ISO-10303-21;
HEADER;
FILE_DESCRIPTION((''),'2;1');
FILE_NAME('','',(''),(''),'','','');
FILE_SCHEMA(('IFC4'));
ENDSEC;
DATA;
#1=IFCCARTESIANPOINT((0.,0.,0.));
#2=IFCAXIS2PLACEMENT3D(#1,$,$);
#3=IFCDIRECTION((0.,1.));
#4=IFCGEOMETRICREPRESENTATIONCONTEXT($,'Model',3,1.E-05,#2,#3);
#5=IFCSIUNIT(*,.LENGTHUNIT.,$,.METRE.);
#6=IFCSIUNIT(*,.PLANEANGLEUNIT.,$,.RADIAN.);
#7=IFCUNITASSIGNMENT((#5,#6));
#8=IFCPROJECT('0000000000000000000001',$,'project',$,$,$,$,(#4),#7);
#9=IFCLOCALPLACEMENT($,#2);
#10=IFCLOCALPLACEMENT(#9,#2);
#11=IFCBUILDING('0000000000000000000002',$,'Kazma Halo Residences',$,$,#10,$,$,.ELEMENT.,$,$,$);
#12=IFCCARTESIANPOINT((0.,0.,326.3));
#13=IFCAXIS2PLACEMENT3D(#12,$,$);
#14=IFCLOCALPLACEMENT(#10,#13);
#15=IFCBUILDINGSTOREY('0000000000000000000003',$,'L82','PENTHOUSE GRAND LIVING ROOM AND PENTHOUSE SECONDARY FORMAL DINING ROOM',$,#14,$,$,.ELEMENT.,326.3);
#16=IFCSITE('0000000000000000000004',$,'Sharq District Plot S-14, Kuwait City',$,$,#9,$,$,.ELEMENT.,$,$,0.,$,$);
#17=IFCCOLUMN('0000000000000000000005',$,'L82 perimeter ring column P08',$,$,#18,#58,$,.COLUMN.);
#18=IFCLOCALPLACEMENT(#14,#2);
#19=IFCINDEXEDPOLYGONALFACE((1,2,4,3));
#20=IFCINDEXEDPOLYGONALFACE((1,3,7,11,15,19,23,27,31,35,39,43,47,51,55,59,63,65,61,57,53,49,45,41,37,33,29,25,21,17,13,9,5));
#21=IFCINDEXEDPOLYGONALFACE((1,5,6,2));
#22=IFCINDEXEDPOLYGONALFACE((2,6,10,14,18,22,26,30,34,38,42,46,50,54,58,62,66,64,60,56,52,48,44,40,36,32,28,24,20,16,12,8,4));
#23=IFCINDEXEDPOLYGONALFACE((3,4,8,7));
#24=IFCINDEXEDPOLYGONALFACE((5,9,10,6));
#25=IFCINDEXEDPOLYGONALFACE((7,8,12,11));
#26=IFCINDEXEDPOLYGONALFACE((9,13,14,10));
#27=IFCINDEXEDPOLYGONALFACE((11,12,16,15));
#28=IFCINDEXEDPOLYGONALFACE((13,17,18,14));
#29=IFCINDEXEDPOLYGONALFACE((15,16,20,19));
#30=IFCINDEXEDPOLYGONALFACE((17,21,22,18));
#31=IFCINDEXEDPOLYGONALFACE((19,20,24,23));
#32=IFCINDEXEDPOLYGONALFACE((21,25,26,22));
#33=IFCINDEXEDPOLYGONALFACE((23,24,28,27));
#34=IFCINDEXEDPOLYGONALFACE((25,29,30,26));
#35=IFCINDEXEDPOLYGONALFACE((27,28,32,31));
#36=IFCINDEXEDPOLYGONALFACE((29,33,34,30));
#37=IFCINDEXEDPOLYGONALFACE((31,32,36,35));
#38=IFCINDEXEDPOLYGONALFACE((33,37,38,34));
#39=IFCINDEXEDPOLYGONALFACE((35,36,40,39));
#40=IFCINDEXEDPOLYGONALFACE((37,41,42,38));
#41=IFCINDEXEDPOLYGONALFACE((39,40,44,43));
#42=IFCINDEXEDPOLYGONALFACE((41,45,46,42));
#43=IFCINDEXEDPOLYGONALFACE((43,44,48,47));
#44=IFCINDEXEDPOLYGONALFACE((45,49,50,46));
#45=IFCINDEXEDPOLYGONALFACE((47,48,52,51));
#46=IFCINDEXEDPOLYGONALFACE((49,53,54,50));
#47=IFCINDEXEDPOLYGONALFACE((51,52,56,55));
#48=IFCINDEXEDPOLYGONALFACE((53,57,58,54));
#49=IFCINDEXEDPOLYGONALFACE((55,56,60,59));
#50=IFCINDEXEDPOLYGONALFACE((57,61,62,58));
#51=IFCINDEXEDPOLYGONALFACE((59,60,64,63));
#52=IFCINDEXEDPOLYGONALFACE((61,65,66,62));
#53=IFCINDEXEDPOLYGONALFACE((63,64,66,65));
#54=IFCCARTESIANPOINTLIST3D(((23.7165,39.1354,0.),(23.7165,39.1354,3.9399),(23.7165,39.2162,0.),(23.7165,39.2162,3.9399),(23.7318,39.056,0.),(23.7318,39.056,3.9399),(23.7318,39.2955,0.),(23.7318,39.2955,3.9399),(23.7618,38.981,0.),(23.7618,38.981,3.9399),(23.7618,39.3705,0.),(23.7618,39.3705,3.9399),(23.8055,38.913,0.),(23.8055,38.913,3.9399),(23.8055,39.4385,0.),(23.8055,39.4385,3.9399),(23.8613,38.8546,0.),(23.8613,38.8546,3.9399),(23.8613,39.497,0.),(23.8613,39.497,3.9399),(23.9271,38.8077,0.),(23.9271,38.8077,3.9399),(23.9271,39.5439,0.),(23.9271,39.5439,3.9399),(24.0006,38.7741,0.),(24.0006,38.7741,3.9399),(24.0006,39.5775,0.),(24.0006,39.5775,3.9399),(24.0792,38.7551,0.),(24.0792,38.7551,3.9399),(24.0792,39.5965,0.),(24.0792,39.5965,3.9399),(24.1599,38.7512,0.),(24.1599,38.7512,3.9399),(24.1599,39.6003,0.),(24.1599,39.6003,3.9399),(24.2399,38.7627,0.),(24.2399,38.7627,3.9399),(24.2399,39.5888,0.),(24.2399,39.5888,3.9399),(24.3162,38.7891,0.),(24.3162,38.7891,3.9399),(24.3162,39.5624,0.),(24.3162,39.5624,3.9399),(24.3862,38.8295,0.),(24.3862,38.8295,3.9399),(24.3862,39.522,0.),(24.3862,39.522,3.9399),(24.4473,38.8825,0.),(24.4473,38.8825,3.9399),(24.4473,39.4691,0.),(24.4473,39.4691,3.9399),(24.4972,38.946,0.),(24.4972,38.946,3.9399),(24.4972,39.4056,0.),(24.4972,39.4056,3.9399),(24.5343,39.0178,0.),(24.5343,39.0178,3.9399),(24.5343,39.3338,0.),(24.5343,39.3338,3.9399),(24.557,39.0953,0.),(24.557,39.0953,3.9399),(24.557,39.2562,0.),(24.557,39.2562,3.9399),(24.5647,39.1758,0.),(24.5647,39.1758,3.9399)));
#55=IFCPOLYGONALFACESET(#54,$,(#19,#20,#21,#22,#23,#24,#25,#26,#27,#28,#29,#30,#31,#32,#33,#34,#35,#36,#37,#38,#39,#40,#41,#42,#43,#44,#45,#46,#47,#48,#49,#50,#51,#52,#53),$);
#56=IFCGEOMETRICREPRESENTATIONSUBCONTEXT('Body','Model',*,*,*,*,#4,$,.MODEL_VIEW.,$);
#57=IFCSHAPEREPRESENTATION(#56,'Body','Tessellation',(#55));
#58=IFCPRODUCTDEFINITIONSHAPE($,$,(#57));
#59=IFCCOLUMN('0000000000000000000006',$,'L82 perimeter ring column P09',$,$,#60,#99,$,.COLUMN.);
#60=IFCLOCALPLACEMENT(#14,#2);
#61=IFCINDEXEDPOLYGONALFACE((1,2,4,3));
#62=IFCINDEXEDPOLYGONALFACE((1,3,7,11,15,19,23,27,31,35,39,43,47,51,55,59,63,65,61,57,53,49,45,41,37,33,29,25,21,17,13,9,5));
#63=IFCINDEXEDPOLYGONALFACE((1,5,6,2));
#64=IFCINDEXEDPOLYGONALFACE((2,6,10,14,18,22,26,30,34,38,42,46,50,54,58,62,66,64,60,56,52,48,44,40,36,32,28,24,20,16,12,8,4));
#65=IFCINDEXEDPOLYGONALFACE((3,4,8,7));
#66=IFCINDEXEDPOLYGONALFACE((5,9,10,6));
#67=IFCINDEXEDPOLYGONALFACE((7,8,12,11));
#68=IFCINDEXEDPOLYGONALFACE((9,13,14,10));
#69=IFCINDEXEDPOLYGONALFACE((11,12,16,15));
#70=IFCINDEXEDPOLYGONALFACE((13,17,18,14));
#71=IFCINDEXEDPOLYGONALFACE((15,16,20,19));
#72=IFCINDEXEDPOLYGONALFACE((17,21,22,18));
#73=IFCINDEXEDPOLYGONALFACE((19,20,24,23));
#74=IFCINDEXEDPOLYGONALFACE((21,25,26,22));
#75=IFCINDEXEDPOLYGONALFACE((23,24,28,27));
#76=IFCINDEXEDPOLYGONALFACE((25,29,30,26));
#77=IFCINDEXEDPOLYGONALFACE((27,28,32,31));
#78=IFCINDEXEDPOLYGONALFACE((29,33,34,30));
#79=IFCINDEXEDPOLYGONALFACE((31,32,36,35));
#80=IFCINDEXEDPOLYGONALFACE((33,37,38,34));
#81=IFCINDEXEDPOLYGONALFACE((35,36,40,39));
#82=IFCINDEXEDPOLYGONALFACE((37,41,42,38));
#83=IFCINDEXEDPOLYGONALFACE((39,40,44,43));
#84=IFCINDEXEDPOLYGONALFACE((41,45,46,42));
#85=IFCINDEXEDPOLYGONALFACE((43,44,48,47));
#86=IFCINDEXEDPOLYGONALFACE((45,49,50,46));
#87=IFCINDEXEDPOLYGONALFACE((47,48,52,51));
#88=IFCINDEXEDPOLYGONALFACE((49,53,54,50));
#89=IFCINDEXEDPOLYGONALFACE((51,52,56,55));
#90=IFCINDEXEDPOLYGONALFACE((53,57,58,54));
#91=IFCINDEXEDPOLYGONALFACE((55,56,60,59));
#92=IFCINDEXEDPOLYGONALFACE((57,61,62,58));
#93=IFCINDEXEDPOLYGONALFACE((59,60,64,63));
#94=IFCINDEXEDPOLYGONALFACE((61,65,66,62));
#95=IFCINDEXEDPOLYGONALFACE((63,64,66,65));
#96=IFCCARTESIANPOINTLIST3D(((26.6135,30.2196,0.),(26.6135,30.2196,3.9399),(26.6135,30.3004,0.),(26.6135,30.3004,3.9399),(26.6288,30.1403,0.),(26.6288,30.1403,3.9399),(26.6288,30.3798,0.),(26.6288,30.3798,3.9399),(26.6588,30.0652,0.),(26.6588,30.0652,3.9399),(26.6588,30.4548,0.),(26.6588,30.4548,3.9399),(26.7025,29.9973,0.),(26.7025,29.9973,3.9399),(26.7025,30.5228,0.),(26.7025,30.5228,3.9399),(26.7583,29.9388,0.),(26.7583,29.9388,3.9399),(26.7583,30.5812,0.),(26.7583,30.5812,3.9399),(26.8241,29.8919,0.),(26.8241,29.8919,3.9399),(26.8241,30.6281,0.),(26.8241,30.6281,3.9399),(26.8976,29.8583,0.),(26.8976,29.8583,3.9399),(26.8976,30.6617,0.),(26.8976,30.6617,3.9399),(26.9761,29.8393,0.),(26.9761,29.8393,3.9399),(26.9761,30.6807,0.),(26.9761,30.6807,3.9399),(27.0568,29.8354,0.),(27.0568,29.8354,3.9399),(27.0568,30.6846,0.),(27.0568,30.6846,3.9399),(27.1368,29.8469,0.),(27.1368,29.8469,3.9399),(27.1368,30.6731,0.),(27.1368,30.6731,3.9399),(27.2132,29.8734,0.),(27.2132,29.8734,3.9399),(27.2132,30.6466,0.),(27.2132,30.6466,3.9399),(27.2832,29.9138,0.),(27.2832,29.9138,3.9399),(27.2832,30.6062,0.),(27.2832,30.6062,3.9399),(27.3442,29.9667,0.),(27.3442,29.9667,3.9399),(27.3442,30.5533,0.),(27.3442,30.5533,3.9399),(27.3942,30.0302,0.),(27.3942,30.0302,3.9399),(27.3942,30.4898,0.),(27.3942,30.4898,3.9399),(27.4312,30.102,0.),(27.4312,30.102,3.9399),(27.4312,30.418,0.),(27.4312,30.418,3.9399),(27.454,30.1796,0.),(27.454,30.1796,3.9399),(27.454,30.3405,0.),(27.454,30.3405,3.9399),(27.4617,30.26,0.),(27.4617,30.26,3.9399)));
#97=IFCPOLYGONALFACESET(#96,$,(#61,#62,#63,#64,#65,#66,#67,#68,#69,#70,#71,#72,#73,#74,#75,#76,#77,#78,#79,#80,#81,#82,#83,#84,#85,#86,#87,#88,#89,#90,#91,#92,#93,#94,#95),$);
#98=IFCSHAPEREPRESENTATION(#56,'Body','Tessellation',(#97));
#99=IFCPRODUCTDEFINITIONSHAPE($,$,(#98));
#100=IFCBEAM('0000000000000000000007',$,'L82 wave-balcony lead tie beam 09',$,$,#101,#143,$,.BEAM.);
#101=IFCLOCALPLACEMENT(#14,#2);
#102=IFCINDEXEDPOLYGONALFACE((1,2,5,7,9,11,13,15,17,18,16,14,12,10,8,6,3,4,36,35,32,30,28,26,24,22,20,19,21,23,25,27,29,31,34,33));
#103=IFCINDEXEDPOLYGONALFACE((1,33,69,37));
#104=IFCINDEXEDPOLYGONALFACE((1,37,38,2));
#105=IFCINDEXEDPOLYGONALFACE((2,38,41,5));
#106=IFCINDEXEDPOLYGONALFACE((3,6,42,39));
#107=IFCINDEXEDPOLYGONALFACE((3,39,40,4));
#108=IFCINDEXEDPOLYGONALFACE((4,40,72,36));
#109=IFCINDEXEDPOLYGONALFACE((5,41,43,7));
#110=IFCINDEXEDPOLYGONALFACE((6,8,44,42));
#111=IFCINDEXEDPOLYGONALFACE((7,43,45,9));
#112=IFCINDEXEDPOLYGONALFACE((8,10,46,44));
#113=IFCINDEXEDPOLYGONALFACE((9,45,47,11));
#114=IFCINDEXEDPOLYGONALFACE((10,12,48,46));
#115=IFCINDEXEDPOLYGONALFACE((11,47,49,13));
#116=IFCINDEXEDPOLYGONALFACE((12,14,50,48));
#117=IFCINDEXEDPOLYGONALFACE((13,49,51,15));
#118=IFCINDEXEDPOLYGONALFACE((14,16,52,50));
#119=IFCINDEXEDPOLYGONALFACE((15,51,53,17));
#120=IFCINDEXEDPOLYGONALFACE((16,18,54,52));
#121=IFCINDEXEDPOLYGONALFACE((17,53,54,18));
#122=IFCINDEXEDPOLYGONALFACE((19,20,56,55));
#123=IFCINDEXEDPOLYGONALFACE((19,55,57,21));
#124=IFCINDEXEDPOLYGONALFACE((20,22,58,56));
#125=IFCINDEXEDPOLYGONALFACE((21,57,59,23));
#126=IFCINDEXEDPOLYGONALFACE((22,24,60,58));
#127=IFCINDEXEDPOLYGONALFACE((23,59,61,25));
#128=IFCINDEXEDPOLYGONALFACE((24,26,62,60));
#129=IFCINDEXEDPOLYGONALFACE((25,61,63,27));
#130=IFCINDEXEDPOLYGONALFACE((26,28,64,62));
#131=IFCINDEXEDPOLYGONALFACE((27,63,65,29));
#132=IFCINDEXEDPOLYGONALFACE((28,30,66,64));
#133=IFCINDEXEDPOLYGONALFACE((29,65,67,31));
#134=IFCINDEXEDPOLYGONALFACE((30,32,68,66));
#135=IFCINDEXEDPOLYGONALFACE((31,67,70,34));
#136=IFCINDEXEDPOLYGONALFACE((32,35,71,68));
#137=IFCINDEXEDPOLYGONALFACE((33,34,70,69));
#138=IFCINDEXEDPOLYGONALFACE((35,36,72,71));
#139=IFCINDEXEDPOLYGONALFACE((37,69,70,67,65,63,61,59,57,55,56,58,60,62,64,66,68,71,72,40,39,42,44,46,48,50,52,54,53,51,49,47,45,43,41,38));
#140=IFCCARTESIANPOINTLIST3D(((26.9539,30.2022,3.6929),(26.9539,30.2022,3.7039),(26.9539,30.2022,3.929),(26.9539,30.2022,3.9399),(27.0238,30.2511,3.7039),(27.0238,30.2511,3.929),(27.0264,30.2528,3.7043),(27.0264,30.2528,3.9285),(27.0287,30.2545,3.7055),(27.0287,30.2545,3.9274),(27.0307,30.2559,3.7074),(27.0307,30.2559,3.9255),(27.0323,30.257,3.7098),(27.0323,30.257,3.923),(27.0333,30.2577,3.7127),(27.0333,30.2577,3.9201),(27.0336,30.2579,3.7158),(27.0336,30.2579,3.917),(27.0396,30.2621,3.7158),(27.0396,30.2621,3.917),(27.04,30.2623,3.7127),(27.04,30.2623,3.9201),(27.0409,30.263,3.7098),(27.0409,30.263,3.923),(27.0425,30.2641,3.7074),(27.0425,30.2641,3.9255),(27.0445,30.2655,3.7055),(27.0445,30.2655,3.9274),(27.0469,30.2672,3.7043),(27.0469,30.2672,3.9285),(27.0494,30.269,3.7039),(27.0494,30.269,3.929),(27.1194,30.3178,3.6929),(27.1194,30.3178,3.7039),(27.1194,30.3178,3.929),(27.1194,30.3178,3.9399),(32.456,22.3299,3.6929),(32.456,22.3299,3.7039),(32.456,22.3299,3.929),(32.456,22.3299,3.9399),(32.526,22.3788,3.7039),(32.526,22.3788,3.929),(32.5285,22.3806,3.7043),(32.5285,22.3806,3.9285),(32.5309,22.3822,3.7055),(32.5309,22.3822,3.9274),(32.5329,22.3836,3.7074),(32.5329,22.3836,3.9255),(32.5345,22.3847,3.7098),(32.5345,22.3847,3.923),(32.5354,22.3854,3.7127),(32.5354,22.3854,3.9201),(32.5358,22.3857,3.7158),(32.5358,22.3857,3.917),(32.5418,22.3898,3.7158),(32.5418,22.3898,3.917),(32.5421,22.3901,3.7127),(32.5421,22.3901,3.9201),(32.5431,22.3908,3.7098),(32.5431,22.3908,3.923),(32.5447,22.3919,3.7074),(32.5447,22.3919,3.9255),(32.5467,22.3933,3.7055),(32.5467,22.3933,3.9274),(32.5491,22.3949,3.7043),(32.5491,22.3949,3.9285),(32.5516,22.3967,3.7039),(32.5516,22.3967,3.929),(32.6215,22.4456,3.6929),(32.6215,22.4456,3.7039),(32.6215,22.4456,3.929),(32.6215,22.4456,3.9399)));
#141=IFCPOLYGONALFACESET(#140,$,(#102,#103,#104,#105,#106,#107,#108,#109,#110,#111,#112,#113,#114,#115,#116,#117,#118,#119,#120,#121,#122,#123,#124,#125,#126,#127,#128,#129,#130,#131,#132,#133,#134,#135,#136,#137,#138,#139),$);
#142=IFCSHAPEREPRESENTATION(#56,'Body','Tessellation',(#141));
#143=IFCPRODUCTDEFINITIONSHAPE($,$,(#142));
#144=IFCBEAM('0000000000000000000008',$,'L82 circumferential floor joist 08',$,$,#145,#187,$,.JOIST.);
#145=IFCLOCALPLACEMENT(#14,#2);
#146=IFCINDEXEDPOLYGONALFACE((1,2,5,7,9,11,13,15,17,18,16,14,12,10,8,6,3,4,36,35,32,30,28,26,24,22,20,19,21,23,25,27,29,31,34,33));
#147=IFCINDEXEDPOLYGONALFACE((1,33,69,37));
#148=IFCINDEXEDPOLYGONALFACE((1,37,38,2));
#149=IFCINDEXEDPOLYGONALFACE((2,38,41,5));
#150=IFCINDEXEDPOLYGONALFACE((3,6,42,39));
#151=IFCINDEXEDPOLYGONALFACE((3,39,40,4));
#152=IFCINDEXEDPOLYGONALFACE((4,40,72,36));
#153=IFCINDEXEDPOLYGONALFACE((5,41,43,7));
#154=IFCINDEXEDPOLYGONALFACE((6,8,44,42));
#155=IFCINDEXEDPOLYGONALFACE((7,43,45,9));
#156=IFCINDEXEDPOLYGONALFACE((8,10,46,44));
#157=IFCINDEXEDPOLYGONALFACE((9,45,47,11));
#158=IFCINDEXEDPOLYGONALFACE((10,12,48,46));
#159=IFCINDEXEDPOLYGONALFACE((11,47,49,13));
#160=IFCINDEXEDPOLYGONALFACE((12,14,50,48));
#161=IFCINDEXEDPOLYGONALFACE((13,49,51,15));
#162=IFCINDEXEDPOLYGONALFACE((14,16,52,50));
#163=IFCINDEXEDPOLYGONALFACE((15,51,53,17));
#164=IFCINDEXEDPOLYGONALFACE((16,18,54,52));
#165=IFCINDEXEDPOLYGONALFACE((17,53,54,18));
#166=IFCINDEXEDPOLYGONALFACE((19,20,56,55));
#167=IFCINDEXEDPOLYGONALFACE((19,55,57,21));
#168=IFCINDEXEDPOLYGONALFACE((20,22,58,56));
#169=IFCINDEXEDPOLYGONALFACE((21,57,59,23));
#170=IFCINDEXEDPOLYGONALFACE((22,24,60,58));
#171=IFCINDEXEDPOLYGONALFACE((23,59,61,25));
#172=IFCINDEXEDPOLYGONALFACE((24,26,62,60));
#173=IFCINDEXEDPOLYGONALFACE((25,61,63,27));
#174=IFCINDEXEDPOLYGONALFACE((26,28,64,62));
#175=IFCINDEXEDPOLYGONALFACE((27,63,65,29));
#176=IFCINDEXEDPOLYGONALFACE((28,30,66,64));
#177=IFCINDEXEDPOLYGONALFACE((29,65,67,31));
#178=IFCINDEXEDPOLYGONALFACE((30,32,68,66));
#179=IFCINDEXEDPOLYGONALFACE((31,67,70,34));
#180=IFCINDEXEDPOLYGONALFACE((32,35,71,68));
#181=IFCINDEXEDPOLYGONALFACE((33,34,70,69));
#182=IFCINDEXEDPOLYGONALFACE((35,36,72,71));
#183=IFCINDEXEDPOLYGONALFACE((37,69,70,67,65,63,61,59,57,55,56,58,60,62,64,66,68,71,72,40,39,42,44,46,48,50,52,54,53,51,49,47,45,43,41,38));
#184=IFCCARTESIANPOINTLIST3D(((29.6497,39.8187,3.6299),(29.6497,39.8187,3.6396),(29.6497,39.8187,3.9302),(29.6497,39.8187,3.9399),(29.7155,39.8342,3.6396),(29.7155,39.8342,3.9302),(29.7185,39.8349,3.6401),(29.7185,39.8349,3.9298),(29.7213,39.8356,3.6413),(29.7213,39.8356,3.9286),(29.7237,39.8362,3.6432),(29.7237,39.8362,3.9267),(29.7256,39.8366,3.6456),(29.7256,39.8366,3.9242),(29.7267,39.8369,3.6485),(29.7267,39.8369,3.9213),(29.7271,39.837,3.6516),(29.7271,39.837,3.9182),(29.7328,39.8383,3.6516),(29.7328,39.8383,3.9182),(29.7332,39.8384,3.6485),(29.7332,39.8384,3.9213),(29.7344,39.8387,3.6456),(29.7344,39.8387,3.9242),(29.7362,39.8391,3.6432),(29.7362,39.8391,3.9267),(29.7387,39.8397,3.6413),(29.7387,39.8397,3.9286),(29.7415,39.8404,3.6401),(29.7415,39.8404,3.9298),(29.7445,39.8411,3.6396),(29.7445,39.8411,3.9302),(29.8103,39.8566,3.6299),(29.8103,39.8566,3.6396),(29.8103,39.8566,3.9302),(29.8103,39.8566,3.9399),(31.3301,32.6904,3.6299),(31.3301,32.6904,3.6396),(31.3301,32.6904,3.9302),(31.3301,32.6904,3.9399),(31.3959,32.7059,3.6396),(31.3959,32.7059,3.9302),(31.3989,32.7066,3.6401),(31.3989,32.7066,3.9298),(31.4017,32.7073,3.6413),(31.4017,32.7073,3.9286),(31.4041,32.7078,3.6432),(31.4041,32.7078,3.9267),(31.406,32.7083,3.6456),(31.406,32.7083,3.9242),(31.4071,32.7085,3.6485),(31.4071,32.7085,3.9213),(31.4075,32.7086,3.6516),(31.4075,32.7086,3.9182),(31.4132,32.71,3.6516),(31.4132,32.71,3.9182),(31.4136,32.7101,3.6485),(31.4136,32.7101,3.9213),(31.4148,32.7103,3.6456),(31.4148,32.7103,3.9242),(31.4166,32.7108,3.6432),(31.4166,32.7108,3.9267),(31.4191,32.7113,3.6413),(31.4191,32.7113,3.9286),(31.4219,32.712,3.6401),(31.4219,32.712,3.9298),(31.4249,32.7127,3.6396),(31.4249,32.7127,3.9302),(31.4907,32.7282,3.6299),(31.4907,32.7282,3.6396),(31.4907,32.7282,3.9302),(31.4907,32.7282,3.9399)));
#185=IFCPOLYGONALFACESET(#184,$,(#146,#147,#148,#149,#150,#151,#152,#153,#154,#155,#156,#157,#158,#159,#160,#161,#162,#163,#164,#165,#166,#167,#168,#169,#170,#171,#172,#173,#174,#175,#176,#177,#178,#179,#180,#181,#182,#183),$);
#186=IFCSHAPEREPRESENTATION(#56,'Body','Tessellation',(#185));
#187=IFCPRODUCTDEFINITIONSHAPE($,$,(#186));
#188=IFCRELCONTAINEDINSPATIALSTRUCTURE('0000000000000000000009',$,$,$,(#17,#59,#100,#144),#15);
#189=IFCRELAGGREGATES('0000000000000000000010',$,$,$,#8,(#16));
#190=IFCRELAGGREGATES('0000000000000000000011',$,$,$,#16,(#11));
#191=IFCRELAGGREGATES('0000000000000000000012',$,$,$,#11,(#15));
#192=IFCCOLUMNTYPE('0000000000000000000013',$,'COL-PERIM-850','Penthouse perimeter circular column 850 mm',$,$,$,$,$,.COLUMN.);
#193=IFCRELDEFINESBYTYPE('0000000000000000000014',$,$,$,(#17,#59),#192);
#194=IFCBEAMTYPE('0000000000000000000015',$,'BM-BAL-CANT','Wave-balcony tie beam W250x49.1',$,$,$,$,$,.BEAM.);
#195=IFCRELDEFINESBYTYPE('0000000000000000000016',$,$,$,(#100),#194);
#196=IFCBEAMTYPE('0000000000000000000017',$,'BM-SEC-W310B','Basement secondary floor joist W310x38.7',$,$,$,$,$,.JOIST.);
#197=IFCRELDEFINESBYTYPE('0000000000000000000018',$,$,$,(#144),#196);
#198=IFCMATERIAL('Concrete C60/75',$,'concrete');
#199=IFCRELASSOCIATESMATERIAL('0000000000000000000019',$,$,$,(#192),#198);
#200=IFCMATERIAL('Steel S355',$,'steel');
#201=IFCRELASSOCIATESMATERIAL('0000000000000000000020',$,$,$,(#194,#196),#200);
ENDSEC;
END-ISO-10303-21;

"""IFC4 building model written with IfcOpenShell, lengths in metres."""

from ifc_helpers import new_model, si_unit, direction, frame, origin, origin_2d, place, context, subcontext, project, spatial, circle, i_section, extrude, material, material_profile, profile_set, type_object, element, save


model = new_model("IFC4")

# Units and contexts
model_context = context("Model", 3, precision=1e-05, world=origin(), true_north=direction((0.0, 1.0)))
body_context = subcontext(model_context, "Body", "Model", "MODEL_VIEW")
ifc_project = project(units=[si_unit("LENGTHUNIT", "METRE"), si_unit("PLANEANGLEUNIT", "RADIAN")], contexts=[model_context])

# Site, building, storey
site_placement = place(None, origin())
site = spatial("IfcSite", under=ifc_project, at=site_placement, Name="Sharq District Plot S-14, Kuwait City", CompositionType="ELEMENT", RefElevation=0.0)
building_placement = place(site_placement, origin())
building = spatial("IfcBuilding", under=site, at=building_placement, Name="Kazma Halo Residences", CompositionType="ELEMENT")
storey_placement = place(building_placement, frame((0.0, 0.0, 326.3)))
storey = spatial("IfcBuildingStorey", under=building, at=storey_placement, Name="L82", Description="PENTHOUSE GRAND LIVING ROOM AND PENTHOUSE SECONDARY FORMAL DINING ROOM", CompositionType="ELEMENT", Elevation=326.3)

# Columns
ifc_material_1 = material(Name="Concrete C60/75", Category="concrete")
ifc_material_profile_1 = material_profile(ifc_material_1, circle(Radius=0.425, at=origin_2d()), Name="CIRC850")
ifc_profile_set_1 = profile_set([ifc_material_profile_1], Name="Concrete C60/75")
column_type = type_object("IfcColumnType", Name="COL-PERIM-850", Description="Penthouse perimeter circular column 850 mm", PredefinedType="COLUMN", material=ifc_profile_set_1)
for number, where, z_axis, x_axis, name in (
    (1, (24.1396, 39.1758, 0.0), (0.0, 0.0, 1.0), (1.0, 0.0, 0.0), "L82 perimeter ring column P08"),
    (2, (27.0366, 30.26, 0.0), (0.0, 0.0, 1.0), (1.0, 0.0, 0.0), "L82 perimeter ring column P09"),
):
    element("IfcColumn", number, at=place(storey_placement, frame(where, z_axis=z_axis, x_axis=x_axis)), inside=storey, type_object=column_type, Name=name, PredefinedType="COLUMN", context=body_context, shape_type="SweptSolid", body=[
        extrude(circle(Radius=0.425, at=origin_2d()), origin(), (0.0, 0.0, 1.0), 3.9399),
    ])

# Beams
ifc_material_2 = material(Name="Steel S355", Category="steel")
ifc_material_profile_2 = material_profile(ifc_material_2, i_section(OverallWidth=0.2019, OverallDepth=0.2471, WebThickness=0.0073, FlangeThickness=0.011, FilletRadius=0.012, at=origin_2d()), Name="W250x49.1")
ifc_profile_set_2 = profile_set([ifc_material_profile_2], Name="Steel S355")
beam_type_1 = type_object("IfcBeamType", Name="BM-BAL-CANT", Description="Wave-balcony tie beam W250x49.1", PredefinedType="BEAM", material=ifc_profile_set_2)
beam_1_placement = place(storey_placement, frame((27.0366, 30.26, 3.8164), z_axis=(0.572874, -0.819644, 0.0), x_axis=(0.819644, 0.572874, 0.0)))
element("IfcBeam", 3, at=beam_1_placement, inside=storey, type_object=beam_type_1, Name="L82 wave-balcony lead tie beam 09", PredefinedType="BEAM", context=body_context, shape_type="SweptSolid", body=[
    extrude(i_section(OverallWidth=0.2019, OverallDepth=0.2471, WebThickness=0.0073, FlangeThickness=0.011, FilletRadius=0.012, at=origin_2d()), origin(), (0.0, 0.0, 1.0), 9.6045),
])
ifc_material_profile_3 = material_profile(ifc_material_2, i_section(OverallWidth=0.165, OverallDepth=0.3101, WebThickness=0.0059, FlangeThickness=0.0098, FilletRadius=0.012, at=origin_2d()), Name="W310x38.7")
ifc_profile_set_3 = profile_set([ifc_material_profile_3], Name="Steel S355")
beam_type_2 = type_object("IfcBeamType", Name="BM-SEC-W310B", Description="Basement secondary floor joist W310x38.7", PredefinedType="JOIST", material=ifc_profile_set_3)
beam_2_placement = place(storey_placement, frame((29.73, 39.8376, 3.7849), z_axis=(0.229446, -0.973321, 0.0), x_axis=(0.973321, 0.229446, 0.0)))
element("IfcBeam", 4, at=beam_2_placement, inside=storey, type_object=beam_type_2, Name="L82 circumferential floor joist 08", PredefinedType="JOIST", context=body_context, shape_type="SweptSolid", body=[
    extrude(i_section(OverallWidth=0.165, OverallDepth=0.3101, WebThickness=0.0059, FlangeThickness=0.0098, FilletRadius=0.012, at=origin_2d()), origin(), (0.0, 0.0, 1.0), 7.3237),
])

save(model, "model.ifc")
